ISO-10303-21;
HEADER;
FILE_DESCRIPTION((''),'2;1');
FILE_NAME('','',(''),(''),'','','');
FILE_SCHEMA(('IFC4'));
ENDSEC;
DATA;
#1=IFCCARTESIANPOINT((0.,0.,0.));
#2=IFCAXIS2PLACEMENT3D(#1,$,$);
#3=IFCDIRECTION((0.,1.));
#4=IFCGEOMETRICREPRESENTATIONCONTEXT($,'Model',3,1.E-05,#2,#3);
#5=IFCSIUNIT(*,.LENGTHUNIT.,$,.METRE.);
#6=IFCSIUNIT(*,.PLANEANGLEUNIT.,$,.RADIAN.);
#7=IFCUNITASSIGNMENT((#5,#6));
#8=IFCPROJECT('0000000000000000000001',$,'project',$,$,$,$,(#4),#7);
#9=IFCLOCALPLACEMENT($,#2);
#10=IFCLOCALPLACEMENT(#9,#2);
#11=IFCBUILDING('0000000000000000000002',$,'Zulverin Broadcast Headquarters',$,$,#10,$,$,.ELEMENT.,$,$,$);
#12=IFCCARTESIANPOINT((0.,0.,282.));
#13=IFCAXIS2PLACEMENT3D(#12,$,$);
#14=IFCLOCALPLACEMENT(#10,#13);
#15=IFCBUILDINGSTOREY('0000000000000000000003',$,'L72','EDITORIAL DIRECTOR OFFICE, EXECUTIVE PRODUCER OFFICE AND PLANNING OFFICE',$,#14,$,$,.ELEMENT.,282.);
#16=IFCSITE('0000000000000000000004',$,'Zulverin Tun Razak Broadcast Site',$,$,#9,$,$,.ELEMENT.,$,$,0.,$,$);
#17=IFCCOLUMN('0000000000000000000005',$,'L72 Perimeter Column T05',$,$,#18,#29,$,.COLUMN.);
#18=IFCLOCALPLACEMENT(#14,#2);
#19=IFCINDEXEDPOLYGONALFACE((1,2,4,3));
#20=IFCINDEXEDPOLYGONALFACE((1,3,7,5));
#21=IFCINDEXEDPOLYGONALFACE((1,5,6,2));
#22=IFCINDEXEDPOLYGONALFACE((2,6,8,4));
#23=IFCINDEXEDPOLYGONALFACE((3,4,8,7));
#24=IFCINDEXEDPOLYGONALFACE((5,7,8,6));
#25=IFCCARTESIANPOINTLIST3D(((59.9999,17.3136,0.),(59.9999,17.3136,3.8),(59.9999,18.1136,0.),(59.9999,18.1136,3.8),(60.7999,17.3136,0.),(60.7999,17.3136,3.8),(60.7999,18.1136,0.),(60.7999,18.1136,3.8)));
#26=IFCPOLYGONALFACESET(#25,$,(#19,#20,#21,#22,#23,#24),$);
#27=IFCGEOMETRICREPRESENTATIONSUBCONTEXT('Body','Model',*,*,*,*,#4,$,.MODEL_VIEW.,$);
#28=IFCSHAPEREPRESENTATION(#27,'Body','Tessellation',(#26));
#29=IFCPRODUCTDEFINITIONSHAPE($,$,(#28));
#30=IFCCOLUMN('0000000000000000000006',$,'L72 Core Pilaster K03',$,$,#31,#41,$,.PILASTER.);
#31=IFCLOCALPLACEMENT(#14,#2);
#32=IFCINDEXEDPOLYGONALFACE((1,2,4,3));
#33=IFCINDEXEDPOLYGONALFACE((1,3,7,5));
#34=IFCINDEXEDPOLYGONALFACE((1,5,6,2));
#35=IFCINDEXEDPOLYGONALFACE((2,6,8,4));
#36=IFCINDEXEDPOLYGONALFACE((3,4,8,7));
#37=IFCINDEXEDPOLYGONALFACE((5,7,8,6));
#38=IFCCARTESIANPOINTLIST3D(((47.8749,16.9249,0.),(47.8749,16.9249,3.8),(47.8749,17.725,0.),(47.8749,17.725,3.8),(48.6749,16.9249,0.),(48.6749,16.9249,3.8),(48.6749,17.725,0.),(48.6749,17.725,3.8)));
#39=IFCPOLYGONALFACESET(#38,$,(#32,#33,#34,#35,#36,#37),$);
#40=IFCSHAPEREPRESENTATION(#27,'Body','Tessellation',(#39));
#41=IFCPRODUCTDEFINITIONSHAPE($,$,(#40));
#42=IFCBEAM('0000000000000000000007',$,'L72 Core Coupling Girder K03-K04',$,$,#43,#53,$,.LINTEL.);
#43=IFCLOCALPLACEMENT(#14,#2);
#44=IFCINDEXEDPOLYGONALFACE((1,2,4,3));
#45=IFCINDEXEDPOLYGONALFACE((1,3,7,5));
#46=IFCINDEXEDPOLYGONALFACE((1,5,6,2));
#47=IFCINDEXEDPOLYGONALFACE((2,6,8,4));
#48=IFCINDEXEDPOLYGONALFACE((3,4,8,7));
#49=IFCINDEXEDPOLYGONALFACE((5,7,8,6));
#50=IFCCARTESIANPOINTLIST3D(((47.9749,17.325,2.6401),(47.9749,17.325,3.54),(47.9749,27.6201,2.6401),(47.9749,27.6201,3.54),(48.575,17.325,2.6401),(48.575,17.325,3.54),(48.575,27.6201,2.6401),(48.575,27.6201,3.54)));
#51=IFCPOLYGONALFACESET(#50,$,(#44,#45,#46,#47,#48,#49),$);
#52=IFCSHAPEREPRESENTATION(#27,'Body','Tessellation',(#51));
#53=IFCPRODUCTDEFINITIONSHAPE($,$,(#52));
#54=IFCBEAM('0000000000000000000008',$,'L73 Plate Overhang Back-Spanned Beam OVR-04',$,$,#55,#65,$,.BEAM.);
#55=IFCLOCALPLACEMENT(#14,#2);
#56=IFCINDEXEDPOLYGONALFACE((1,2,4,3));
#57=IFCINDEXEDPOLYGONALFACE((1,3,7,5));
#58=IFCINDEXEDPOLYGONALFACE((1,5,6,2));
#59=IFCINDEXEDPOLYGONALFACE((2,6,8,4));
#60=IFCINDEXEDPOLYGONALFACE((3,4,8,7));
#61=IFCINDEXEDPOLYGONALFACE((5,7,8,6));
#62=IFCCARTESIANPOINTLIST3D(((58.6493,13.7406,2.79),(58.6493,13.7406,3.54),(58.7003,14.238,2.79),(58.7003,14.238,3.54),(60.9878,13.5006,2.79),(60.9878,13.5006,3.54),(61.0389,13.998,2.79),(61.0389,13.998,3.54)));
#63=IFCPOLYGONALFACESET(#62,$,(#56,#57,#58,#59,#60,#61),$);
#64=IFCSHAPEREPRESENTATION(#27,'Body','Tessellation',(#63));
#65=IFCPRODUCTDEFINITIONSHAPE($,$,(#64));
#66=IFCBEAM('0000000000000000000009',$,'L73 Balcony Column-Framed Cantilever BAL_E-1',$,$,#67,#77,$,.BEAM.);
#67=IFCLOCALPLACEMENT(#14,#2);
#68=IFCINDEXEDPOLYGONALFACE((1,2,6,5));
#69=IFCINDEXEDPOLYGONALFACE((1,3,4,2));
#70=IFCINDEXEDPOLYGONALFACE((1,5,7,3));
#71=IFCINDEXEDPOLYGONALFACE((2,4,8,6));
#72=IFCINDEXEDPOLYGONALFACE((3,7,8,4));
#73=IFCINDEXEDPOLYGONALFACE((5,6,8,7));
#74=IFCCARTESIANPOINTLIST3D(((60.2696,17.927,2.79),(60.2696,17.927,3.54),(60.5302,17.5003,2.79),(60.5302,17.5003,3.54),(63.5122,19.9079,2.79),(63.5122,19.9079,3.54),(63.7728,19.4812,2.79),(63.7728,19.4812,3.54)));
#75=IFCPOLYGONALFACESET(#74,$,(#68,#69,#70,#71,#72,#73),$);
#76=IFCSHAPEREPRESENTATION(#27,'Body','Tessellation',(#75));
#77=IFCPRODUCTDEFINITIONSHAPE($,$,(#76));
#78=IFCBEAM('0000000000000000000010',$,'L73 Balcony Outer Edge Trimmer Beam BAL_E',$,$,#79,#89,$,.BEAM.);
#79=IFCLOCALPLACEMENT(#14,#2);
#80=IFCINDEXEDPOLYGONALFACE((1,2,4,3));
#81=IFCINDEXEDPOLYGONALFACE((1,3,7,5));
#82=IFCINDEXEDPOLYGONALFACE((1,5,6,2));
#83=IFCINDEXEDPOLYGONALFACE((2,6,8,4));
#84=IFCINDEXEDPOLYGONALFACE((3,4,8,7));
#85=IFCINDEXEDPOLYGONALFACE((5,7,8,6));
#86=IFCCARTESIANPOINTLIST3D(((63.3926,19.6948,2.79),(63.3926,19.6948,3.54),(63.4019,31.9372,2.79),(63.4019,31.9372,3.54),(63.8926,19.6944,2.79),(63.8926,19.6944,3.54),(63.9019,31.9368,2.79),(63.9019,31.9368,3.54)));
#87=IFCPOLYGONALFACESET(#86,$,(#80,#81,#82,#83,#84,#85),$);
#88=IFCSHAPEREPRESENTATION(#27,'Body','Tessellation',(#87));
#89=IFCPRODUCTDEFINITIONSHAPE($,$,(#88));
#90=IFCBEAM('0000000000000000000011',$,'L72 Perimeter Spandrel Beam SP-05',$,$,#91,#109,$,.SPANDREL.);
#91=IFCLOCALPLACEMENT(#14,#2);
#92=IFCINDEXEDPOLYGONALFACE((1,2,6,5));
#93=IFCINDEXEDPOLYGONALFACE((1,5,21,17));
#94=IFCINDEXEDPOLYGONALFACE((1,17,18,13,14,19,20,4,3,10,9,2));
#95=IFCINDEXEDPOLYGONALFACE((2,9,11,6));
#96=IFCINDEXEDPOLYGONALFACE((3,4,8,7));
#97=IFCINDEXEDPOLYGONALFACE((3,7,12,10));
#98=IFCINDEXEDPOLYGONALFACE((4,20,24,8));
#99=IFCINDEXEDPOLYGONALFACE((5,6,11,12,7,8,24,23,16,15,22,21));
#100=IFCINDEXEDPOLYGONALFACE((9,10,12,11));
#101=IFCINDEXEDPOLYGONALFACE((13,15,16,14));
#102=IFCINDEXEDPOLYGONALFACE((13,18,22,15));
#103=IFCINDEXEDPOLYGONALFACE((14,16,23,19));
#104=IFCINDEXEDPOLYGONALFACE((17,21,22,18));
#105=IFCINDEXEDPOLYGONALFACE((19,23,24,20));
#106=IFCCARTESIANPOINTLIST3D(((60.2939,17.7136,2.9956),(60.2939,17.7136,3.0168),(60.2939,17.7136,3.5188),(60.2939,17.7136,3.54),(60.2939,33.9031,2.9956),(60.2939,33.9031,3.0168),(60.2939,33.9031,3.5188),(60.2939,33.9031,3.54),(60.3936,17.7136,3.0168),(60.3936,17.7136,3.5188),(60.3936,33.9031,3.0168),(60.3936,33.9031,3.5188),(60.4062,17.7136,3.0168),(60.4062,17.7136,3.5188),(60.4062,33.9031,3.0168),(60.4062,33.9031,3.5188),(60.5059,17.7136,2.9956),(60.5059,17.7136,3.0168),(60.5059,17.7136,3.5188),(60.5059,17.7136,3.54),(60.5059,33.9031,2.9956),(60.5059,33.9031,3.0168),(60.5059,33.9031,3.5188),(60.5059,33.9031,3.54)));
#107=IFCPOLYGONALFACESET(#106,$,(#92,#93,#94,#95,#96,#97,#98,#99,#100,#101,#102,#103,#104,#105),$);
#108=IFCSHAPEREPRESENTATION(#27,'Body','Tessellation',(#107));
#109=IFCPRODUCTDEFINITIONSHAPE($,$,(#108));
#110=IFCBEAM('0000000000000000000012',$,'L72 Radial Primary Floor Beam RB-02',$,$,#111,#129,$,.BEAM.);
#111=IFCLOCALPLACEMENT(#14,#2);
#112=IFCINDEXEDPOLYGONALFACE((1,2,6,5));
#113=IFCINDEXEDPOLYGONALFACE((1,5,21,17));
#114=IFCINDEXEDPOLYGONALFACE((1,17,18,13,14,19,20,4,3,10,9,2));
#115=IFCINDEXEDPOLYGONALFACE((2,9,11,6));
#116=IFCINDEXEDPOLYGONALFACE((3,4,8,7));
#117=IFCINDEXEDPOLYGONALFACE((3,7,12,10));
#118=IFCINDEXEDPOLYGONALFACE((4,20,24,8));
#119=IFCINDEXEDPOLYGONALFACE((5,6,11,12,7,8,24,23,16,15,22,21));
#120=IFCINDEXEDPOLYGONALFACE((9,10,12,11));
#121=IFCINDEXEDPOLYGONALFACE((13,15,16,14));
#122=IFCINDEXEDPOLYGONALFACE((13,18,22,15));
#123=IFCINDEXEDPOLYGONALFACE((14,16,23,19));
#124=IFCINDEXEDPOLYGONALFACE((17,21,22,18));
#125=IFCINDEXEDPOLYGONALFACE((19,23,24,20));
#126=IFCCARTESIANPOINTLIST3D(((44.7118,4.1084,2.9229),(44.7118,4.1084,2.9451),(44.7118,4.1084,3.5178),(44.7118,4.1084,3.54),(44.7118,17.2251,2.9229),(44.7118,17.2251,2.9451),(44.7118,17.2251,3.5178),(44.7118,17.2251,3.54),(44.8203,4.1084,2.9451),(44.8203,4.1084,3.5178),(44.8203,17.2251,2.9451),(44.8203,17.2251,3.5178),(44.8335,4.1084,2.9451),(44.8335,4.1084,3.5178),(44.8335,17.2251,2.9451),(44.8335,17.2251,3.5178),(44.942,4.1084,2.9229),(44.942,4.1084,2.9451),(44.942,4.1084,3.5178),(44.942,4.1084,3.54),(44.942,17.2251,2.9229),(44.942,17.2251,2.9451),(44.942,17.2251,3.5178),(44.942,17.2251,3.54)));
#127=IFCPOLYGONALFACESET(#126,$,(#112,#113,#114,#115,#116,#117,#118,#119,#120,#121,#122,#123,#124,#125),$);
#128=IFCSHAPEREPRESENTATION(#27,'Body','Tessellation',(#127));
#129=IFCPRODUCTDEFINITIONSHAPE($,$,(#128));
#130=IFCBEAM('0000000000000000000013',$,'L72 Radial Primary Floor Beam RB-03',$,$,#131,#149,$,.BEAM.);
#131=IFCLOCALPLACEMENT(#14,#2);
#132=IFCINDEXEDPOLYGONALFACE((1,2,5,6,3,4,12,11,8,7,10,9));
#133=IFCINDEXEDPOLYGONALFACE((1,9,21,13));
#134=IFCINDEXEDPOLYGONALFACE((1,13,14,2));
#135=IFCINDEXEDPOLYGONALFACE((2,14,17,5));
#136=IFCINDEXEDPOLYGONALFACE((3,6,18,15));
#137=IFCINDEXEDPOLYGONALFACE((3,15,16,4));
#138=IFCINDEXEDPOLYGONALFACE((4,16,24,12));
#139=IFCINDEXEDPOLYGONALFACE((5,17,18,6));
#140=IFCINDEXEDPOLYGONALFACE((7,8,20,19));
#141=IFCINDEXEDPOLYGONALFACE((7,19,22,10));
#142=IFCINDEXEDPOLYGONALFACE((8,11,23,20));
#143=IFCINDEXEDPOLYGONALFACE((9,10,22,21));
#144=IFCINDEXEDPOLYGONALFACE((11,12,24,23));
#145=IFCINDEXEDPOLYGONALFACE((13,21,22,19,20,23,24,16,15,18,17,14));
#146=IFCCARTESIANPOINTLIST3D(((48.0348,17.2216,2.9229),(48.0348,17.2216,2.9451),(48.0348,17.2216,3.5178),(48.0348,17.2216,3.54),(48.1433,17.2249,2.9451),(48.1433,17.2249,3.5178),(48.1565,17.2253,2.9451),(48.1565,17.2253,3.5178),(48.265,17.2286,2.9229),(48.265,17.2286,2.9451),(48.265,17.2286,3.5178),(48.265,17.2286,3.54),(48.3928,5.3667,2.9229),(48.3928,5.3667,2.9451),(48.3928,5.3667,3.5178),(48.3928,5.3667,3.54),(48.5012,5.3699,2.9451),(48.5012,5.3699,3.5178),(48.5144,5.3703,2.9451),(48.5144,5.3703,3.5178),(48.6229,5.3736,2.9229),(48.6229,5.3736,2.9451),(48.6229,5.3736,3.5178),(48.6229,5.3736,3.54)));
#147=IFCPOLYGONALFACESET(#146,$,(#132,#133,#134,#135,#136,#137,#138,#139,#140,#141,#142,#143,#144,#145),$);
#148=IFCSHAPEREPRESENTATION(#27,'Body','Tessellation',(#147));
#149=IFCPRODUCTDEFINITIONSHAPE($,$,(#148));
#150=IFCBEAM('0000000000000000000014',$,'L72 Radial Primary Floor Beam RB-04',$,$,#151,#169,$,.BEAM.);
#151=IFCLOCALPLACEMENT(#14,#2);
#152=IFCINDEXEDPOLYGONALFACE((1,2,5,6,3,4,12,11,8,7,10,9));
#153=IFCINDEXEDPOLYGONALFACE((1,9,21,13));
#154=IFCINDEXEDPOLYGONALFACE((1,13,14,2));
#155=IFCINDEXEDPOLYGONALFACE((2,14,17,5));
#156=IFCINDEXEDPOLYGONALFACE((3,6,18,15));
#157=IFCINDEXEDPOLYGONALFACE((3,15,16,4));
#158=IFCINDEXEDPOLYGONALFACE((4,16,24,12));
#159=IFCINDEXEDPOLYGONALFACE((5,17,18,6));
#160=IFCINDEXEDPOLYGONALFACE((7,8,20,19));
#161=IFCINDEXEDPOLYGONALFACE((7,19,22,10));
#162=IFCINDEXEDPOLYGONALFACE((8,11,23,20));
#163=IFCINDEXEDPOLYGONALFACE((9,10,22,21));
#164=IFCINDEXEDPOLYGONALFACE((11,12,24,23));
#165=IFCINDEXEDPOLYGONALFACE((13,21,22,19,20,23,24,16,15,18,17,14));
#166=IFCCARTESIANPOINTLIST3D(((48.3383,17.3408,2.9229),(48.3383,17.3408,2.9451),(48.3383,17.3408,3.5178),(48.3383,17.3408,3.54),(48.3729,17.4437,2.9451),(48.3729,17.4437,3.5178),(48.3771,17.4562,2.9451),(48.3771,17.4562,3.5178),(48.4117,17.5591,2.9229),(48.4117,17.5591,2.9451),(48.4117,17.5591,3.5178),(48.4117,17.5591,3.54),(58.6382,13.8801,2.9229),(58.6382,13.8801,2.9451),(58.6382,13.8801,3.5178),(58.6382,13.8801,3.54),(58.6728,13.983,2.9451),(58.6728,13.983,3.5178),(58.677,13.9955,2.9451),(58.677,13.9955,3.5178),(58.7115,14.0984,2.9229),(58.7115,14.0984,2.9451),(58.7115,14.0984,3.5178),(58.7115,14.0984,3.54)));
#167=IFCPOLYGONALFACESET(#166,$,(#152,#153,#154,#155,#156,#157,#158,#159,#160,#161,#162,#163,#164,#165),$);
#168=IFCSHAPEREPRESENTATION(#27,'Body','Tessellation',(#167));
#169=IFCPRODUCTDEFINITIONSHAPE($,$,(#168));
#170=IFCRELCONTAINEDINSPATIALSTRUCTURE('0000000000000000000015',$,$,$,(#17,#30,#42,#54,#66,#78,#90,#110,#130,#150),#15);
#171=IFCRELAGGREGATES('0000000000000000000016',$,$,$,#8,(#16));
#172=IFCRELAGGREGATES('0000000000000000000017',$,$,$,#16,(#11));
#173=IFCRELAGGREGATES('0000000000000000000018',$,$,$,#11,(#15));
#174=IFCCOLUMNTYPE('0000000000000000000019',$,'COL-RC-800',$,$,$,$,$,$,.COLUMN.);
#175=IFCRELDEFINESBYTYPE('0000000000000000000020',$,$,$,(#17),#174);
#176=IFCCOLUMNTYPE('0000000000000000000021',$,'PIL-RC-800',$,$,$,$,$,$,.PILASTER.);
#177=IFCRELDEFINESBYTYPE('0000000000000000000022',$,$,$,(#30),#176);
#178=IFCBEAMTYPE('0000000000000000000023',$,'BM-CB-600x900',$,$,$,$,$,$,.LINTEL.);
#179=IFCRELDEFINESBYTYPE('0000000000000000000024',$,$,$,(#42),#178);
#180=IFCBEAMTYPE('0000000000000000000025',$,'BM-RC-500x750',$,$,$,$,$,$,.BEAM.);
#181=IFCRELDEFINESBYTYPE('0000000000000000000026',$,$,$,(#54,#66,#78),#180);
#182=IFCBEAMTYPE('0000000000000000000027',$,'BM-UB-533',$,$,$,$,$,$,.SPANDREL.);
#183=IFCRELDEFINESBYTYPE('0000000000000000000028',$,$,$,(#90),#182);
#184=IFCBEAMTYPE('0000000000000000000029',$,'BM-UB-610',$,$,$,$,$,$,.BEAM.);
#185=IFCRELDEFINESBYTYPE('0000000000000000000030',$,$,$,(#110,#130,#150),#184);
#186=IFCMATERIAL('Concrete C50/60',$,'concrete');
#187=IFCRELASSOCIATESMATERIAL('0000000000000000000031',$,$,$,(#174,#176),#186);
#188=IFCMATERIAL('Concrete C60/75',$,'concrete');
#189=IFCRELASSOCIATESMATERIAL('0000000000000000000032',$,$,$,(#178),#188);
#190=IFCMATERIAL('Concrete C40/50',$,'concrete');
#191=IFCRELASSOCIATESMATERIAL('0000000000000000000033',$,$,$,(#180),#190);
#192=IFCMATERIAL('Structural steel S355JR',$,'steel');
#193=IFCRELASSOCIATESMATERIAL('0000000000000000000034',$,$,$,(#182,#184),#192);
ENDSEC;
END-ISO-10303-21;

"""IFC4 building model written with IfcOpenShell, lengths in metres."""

from ifc_helpers import new_model, si_unit, direction, frame, origin, origin_2d, place, context, subcontext, project, spatial, rectangle, i_section, extrude, material, material_profile, profile_set, type_object, element, save


model = new_model("IFC4")

# Units and contexts
model_context = context("Model", 3, precision=1e-05, world=origin(), true_north=direction((0.0, 1.0)))
body_context = subcontext(model_context, "Body", "Model", "MODEL_VIEW")
ifc_project = project(units=[si_unit("LENGTHUNIT", "METRE"), si_unit("PLANEANGLEUNIT", "RADIAN")], contexts=[model_context])

# Site, building, storey
site_placement = place(None, origin())
site = spatial("IfcSite", under=ifc_project, at=site_placement, Name="Zulverin Tun Razak Broadcast Site", CompositionType="ELEMENT", RefElevation=0.0)
building_placement = place(site_placement, origin())
building = spatial("IfcBuilding", under=site, at=building_placement, Name="Zulverin Broadcast Headquarters", CompositionType="ELEMENT")
storey_placement = place(building_placement, frame((0.0, 0.0, 282.0)))
storey = spatial("IfcBuildingStorey", under=building, at=storey_placement, Name="L72", Description="EDITORIAL DIRECTOR OFFICE, EXECUTIVE PRODUCER OFFICE AND PLANNING OFFICE", CompositionType="ELEMENT", Elevation=282.0)

# Columns
ifc_material_1 = material(Name="Concrete C50/60", Category="concrete")
ifc_material_profile_1 = material_profile(ifc_material_1, rectangle(XDim=0.8, YDim=0.8, at=origin_2d()), Name="Concrete C50/60", Category="concrete")
ifc_profile_set_1 = profile_set([ifc_material_profile_1], Name="Concrete C50/60")
column_type_1 = type_object("IfcColumnType", Name="COL-RC-800", PredefinedType="COLUMN", material=ifc_profile_set_1)
column_1_placement = place(storey_placement, frame((60.3999, 17.7136, 0.0), z_axis=(0.0, 0.0, 1.0), x_axis=(1.0, 0.0, 0.0)))
element("IfcColumn", 1, at=column_1_placement, inside=storey, type_object=column_type_1, Name="L72 Perimeter Column T05", PredefinedType="COLUMN", context=body_context, shape_type="SweptSolid", body=[
    extrude(rectangle(XDim=0.8, YDim=0.8, at=origin_2d()), origin(), (0.0, 0.0, 1.0), 3.8),
])
ifc_material_profile_2 = material_profile(ifc_material_1, rectangle(XDim=0.8, YDim=0.8, at=origin_2d()), Name="Concrete C50/60", Category="concrete")
ifc_profile_set_2 = profile_set([ifc_material_profile_2], Name="Concrete C50/60")
column_type_2 = type_object("IfcColumnType", Name="PIL-RC-800", PredefinedType="PILASTER", material=ifc_profile_set_2)
column_2_placement = place(storey_placement, frame((48.2749, 17.325, 0.0), z_axis=(0.0, 0.0, 1.0), x_axis=(1.0, 0.0, 0.0)))
element("IfcColumn", 2, at=column_2_placement, inside=storey, type_object=column_type_2, Name="L72 Core Pilaster K03", PredefinedType="PILASTER", context=body_context, shape_type="SweptSolid", body=[
    extrude(rectangle(XDim=0.8, YDim=0.8, at=origin_2d()), origin(), (0.0, 0.0, 1.0), 3.8),
])

# Beams
ifc_material_2 = material(Name="Concrete C60/75", Category="concrete")
ifc_material_profile_3 = material_profile(ifc_material_2, rectangle(XDim=0.6001, YDim=0.8999, at=origin_2d()), Name="Concrete C60/75", Category="concrete")
ifc_profile_set_3 = profile_set([ifc_material_profile_3], Name="Concrete C60/75")
beam_type_1 = type_object("IfcBeamType", Name="BM-CB-600x900", PredefinedType="LINTEL", material=ifc_profile_set_3)
beam_1_placement = place(storey_placement, frame((48.2749, 17.325, 3.0901), z_axis=(0.0, 1.0, 0.0), x_axis=(-1.0, 0.0, 0.0)))
element("IfcBeam", 3, at=beam_1_placement, inside=storey, type_object=beam_type_1, Name="L72 Core Coupling Girder K03-K04", PredefinedType="LINTEL", context=body_context, shape_type="SweptSolid", body=[
    extrude(rectangle(XDim=0.6001, YDim=0.8999, at=origin_2d()), origin(), (0.0, 0.0, 1.0), 10.2952),
])
ifc_material_3 = material(Name="Concrete C40/50", Category="concrete")
ifc_material_profile_4 = material_profile(ifc_material_3, rectangle(XDim=0.5, YDim=0.75, at=origin_2d()), Name="Concrete C40/50", Category="concrete")
ifc_profile_set_4 = profile_set([ifc_material_profile_4], Name="Concrete C40/50")
beam_type_2 = type_object("IfcBeamType", Name="BM-RC-500x750", PredefinedType="BEAM", material=ifc_profile_set_4)
beam_2_placement = place(storey_placement, frame((58.6748, 13.9893, 3.165), z_axis=(0.994776, -0.102084, 0.0), x_axis=(0.102084, 0.994776, 0.0)))
element("IfcBeam", 4, at=beam_2_placement, inside=storey, type_object=beam_type_2, Name="L73 Plate Overhang Back-Spanned Beam OVR-04", PredefinedType="BEAM", context=body_context, shape_type="SweptSolid", body=[
    extrude(rectangle(XDim=0.5, YDim=0.75, at=origin_2d()), origin(), (0.0, 0.0, 1.0), 2.3508),
])
beam_3_placement = place(storey_placement, frame((60.3999, 17.7136, 3.165), z_axis=(0.853361, 0.52132, 0.0), x_axis=(-0.52132, 0.853361, 0.0)))
element("IfcBeam", 5, at=beam_3_placement, inside=storey, type_object=beam_type_2, Name="L73 Balcony Column-Framed Cantilever BAL_E-1", PredefinedType="BEAM", context=body_context, shape_type="SweptSolid", body=[
    extrude(rectangle(XDim=0.5, YDim=0.75, at=origin_2d()), origin(), (0.0, 0.0, 1.0), 3.7998),
])
beam_4_placement = place(storey_placement, frame((63.6426, 19.6946, 3.165), z_axis=(0.000758, 1.0, 0.0), x_axis=(-1.0, 0.000758, 0.0)))
element("IfcBeam", 6, at=beam_4_placement, inside=storey, type_object=beam_type_2, Name="L73 Balcony Outer Edge Trimmer Beam BAL_E", PredefinedType="BEAM", context=body_context, shape_type="SweptSolid", body=[
    extrude(rectangle(XDim=0.5, YDim=0.75, at=origin_2d()), origin(), (0.0, 0.0, 1.0), 12.2424),
])
ifc_material_4 = material(Name="Structural steel S355JR", Category="steel")
ifc_material_profile_5 = material_profile(ifc_material_4, i_section(OverallWidth=0.2119, OverallDepth=0.5444, WebThickness=0.0127, FlangeThickness=0.0212, at=origin_2d()), Name="Structural steel S355JR", Category="steel")
ifc_profile_set_5 = profile_set([ifc_material_profile_5], Name="Structural steel S355JR")
beam_type_3 = type_object("IfcBeamType", Name="BM-UB-533", PredefinedType="SPANDREL", material=ifc_profile_set_5)
beam_5_placement = place(storey_placement, frame((60.3999, 17.7136, 3.2678), z_axis=(0.0, 1.0, 0.0), x_axis=(-1.0, 0.0, 0.0)))
element("IfcBeam", 7, at=beam_5_placement, inside=storey, type_object=beam_type_3, Name="L72 Perimeter Spandrel Beam SP-05", PredefinedType="SPANDREL", context=body_context, shape_type="SweptSolid", body=[
    extrude(i_section(OverallWidth=0.2119, OverallDepth=0.5444, WebThickness=0.0127, FlangeThickness=0.0212, at=origin_2d()), origin(), (0.0, 0.0, 1.0), 16.1895),
])
ifc_material_profile_6 = material_profile(ifc_material_4, i_section(OverallWidth=0.2302, OverallDepth=0.6172, WebThickness=0.0132, FlangeThickness=0.0222, at=origin_2d()), Name="Structural steel S355JR", Category="steel")
ifc_profile_set_6 = profile_set([ifc_material_profile_6], Name="Structural steel S355JR")
beam_type_4 = type_object("IfcBeamType", Name="BM-UB-610", PredefinedType="BEAM", material=ifc_profile_set_6)
beam_6_placement = place(storey_placement, frame((44.8269, 17.2251, 3.2314), z_axis=(0.0, -1.0, 0.0), x_axis=(1.0, 0.0, 0.0)))
element("IfcBeam", 8, at=beam_6_placement, inside=storey, type_object=beam_type_4, Name="L72 Radial Primary Floor Beam RB-02", PredefinedType="BEAM", context=body_context, shape_type="SweptSolid", body=[
    extrude(i_section(OverallWidth=0.2302, OverallDepth=0.6172, WebThickness=0.0132, FlangeThickness=0.0222, at=origin_2d()), origin(), (0.0, 0.0, 1.0), 13.1167),
])
beam_7_placement = place(storey_placement, frame((48.1499, 17.2251, 3.2314), z_axis=(0.030177, -0.999545, 0.0), x_axis=(0.999545, 0.030177, 0.0)))
element("IfcBeam", 9, at=beam_7_placement, inside=storey, type_object=beam_type_4, Name="L72 Radial Primary Floor Beam RB-03", PredefinedType="BEAM", context=body_context, shape_type="SweptSolid", body=[
    extrude(i_section(OverallWidth=0.2302, OverallDepth=0.6172, WebThickness=0.0132, FlangeThickness=0.0222, at=origin_2d()), origin(), (0.0, 0.0, 1.0), 11.8604),
])
beam_8_placement = place(storey_placement, frame((48.375, 17.45, 3.2314), z_axis=(0.947923, -0.318498, 0.0), x_axis=(0.318498, 0.947923, 0.0)))
element("IfcBeam", 10, at=beam_8_placement, inside=storey, type_object=beam_type_4, Name="L72 Radial Primary Floor Beam RB-04", PredefinedType="BEAM", context=body_context, shape_type="SweptSolid", body=[
    extrude(i_section(OverallWidth=0.2302, OverallDepth=0.6172, WebThickness=0.0132, FlangeThickness=0.0222, at=origin_2d()), origin(), (0.0, 0.0, 1.0), 10.8657),
])

save(model, "model.ifc")
